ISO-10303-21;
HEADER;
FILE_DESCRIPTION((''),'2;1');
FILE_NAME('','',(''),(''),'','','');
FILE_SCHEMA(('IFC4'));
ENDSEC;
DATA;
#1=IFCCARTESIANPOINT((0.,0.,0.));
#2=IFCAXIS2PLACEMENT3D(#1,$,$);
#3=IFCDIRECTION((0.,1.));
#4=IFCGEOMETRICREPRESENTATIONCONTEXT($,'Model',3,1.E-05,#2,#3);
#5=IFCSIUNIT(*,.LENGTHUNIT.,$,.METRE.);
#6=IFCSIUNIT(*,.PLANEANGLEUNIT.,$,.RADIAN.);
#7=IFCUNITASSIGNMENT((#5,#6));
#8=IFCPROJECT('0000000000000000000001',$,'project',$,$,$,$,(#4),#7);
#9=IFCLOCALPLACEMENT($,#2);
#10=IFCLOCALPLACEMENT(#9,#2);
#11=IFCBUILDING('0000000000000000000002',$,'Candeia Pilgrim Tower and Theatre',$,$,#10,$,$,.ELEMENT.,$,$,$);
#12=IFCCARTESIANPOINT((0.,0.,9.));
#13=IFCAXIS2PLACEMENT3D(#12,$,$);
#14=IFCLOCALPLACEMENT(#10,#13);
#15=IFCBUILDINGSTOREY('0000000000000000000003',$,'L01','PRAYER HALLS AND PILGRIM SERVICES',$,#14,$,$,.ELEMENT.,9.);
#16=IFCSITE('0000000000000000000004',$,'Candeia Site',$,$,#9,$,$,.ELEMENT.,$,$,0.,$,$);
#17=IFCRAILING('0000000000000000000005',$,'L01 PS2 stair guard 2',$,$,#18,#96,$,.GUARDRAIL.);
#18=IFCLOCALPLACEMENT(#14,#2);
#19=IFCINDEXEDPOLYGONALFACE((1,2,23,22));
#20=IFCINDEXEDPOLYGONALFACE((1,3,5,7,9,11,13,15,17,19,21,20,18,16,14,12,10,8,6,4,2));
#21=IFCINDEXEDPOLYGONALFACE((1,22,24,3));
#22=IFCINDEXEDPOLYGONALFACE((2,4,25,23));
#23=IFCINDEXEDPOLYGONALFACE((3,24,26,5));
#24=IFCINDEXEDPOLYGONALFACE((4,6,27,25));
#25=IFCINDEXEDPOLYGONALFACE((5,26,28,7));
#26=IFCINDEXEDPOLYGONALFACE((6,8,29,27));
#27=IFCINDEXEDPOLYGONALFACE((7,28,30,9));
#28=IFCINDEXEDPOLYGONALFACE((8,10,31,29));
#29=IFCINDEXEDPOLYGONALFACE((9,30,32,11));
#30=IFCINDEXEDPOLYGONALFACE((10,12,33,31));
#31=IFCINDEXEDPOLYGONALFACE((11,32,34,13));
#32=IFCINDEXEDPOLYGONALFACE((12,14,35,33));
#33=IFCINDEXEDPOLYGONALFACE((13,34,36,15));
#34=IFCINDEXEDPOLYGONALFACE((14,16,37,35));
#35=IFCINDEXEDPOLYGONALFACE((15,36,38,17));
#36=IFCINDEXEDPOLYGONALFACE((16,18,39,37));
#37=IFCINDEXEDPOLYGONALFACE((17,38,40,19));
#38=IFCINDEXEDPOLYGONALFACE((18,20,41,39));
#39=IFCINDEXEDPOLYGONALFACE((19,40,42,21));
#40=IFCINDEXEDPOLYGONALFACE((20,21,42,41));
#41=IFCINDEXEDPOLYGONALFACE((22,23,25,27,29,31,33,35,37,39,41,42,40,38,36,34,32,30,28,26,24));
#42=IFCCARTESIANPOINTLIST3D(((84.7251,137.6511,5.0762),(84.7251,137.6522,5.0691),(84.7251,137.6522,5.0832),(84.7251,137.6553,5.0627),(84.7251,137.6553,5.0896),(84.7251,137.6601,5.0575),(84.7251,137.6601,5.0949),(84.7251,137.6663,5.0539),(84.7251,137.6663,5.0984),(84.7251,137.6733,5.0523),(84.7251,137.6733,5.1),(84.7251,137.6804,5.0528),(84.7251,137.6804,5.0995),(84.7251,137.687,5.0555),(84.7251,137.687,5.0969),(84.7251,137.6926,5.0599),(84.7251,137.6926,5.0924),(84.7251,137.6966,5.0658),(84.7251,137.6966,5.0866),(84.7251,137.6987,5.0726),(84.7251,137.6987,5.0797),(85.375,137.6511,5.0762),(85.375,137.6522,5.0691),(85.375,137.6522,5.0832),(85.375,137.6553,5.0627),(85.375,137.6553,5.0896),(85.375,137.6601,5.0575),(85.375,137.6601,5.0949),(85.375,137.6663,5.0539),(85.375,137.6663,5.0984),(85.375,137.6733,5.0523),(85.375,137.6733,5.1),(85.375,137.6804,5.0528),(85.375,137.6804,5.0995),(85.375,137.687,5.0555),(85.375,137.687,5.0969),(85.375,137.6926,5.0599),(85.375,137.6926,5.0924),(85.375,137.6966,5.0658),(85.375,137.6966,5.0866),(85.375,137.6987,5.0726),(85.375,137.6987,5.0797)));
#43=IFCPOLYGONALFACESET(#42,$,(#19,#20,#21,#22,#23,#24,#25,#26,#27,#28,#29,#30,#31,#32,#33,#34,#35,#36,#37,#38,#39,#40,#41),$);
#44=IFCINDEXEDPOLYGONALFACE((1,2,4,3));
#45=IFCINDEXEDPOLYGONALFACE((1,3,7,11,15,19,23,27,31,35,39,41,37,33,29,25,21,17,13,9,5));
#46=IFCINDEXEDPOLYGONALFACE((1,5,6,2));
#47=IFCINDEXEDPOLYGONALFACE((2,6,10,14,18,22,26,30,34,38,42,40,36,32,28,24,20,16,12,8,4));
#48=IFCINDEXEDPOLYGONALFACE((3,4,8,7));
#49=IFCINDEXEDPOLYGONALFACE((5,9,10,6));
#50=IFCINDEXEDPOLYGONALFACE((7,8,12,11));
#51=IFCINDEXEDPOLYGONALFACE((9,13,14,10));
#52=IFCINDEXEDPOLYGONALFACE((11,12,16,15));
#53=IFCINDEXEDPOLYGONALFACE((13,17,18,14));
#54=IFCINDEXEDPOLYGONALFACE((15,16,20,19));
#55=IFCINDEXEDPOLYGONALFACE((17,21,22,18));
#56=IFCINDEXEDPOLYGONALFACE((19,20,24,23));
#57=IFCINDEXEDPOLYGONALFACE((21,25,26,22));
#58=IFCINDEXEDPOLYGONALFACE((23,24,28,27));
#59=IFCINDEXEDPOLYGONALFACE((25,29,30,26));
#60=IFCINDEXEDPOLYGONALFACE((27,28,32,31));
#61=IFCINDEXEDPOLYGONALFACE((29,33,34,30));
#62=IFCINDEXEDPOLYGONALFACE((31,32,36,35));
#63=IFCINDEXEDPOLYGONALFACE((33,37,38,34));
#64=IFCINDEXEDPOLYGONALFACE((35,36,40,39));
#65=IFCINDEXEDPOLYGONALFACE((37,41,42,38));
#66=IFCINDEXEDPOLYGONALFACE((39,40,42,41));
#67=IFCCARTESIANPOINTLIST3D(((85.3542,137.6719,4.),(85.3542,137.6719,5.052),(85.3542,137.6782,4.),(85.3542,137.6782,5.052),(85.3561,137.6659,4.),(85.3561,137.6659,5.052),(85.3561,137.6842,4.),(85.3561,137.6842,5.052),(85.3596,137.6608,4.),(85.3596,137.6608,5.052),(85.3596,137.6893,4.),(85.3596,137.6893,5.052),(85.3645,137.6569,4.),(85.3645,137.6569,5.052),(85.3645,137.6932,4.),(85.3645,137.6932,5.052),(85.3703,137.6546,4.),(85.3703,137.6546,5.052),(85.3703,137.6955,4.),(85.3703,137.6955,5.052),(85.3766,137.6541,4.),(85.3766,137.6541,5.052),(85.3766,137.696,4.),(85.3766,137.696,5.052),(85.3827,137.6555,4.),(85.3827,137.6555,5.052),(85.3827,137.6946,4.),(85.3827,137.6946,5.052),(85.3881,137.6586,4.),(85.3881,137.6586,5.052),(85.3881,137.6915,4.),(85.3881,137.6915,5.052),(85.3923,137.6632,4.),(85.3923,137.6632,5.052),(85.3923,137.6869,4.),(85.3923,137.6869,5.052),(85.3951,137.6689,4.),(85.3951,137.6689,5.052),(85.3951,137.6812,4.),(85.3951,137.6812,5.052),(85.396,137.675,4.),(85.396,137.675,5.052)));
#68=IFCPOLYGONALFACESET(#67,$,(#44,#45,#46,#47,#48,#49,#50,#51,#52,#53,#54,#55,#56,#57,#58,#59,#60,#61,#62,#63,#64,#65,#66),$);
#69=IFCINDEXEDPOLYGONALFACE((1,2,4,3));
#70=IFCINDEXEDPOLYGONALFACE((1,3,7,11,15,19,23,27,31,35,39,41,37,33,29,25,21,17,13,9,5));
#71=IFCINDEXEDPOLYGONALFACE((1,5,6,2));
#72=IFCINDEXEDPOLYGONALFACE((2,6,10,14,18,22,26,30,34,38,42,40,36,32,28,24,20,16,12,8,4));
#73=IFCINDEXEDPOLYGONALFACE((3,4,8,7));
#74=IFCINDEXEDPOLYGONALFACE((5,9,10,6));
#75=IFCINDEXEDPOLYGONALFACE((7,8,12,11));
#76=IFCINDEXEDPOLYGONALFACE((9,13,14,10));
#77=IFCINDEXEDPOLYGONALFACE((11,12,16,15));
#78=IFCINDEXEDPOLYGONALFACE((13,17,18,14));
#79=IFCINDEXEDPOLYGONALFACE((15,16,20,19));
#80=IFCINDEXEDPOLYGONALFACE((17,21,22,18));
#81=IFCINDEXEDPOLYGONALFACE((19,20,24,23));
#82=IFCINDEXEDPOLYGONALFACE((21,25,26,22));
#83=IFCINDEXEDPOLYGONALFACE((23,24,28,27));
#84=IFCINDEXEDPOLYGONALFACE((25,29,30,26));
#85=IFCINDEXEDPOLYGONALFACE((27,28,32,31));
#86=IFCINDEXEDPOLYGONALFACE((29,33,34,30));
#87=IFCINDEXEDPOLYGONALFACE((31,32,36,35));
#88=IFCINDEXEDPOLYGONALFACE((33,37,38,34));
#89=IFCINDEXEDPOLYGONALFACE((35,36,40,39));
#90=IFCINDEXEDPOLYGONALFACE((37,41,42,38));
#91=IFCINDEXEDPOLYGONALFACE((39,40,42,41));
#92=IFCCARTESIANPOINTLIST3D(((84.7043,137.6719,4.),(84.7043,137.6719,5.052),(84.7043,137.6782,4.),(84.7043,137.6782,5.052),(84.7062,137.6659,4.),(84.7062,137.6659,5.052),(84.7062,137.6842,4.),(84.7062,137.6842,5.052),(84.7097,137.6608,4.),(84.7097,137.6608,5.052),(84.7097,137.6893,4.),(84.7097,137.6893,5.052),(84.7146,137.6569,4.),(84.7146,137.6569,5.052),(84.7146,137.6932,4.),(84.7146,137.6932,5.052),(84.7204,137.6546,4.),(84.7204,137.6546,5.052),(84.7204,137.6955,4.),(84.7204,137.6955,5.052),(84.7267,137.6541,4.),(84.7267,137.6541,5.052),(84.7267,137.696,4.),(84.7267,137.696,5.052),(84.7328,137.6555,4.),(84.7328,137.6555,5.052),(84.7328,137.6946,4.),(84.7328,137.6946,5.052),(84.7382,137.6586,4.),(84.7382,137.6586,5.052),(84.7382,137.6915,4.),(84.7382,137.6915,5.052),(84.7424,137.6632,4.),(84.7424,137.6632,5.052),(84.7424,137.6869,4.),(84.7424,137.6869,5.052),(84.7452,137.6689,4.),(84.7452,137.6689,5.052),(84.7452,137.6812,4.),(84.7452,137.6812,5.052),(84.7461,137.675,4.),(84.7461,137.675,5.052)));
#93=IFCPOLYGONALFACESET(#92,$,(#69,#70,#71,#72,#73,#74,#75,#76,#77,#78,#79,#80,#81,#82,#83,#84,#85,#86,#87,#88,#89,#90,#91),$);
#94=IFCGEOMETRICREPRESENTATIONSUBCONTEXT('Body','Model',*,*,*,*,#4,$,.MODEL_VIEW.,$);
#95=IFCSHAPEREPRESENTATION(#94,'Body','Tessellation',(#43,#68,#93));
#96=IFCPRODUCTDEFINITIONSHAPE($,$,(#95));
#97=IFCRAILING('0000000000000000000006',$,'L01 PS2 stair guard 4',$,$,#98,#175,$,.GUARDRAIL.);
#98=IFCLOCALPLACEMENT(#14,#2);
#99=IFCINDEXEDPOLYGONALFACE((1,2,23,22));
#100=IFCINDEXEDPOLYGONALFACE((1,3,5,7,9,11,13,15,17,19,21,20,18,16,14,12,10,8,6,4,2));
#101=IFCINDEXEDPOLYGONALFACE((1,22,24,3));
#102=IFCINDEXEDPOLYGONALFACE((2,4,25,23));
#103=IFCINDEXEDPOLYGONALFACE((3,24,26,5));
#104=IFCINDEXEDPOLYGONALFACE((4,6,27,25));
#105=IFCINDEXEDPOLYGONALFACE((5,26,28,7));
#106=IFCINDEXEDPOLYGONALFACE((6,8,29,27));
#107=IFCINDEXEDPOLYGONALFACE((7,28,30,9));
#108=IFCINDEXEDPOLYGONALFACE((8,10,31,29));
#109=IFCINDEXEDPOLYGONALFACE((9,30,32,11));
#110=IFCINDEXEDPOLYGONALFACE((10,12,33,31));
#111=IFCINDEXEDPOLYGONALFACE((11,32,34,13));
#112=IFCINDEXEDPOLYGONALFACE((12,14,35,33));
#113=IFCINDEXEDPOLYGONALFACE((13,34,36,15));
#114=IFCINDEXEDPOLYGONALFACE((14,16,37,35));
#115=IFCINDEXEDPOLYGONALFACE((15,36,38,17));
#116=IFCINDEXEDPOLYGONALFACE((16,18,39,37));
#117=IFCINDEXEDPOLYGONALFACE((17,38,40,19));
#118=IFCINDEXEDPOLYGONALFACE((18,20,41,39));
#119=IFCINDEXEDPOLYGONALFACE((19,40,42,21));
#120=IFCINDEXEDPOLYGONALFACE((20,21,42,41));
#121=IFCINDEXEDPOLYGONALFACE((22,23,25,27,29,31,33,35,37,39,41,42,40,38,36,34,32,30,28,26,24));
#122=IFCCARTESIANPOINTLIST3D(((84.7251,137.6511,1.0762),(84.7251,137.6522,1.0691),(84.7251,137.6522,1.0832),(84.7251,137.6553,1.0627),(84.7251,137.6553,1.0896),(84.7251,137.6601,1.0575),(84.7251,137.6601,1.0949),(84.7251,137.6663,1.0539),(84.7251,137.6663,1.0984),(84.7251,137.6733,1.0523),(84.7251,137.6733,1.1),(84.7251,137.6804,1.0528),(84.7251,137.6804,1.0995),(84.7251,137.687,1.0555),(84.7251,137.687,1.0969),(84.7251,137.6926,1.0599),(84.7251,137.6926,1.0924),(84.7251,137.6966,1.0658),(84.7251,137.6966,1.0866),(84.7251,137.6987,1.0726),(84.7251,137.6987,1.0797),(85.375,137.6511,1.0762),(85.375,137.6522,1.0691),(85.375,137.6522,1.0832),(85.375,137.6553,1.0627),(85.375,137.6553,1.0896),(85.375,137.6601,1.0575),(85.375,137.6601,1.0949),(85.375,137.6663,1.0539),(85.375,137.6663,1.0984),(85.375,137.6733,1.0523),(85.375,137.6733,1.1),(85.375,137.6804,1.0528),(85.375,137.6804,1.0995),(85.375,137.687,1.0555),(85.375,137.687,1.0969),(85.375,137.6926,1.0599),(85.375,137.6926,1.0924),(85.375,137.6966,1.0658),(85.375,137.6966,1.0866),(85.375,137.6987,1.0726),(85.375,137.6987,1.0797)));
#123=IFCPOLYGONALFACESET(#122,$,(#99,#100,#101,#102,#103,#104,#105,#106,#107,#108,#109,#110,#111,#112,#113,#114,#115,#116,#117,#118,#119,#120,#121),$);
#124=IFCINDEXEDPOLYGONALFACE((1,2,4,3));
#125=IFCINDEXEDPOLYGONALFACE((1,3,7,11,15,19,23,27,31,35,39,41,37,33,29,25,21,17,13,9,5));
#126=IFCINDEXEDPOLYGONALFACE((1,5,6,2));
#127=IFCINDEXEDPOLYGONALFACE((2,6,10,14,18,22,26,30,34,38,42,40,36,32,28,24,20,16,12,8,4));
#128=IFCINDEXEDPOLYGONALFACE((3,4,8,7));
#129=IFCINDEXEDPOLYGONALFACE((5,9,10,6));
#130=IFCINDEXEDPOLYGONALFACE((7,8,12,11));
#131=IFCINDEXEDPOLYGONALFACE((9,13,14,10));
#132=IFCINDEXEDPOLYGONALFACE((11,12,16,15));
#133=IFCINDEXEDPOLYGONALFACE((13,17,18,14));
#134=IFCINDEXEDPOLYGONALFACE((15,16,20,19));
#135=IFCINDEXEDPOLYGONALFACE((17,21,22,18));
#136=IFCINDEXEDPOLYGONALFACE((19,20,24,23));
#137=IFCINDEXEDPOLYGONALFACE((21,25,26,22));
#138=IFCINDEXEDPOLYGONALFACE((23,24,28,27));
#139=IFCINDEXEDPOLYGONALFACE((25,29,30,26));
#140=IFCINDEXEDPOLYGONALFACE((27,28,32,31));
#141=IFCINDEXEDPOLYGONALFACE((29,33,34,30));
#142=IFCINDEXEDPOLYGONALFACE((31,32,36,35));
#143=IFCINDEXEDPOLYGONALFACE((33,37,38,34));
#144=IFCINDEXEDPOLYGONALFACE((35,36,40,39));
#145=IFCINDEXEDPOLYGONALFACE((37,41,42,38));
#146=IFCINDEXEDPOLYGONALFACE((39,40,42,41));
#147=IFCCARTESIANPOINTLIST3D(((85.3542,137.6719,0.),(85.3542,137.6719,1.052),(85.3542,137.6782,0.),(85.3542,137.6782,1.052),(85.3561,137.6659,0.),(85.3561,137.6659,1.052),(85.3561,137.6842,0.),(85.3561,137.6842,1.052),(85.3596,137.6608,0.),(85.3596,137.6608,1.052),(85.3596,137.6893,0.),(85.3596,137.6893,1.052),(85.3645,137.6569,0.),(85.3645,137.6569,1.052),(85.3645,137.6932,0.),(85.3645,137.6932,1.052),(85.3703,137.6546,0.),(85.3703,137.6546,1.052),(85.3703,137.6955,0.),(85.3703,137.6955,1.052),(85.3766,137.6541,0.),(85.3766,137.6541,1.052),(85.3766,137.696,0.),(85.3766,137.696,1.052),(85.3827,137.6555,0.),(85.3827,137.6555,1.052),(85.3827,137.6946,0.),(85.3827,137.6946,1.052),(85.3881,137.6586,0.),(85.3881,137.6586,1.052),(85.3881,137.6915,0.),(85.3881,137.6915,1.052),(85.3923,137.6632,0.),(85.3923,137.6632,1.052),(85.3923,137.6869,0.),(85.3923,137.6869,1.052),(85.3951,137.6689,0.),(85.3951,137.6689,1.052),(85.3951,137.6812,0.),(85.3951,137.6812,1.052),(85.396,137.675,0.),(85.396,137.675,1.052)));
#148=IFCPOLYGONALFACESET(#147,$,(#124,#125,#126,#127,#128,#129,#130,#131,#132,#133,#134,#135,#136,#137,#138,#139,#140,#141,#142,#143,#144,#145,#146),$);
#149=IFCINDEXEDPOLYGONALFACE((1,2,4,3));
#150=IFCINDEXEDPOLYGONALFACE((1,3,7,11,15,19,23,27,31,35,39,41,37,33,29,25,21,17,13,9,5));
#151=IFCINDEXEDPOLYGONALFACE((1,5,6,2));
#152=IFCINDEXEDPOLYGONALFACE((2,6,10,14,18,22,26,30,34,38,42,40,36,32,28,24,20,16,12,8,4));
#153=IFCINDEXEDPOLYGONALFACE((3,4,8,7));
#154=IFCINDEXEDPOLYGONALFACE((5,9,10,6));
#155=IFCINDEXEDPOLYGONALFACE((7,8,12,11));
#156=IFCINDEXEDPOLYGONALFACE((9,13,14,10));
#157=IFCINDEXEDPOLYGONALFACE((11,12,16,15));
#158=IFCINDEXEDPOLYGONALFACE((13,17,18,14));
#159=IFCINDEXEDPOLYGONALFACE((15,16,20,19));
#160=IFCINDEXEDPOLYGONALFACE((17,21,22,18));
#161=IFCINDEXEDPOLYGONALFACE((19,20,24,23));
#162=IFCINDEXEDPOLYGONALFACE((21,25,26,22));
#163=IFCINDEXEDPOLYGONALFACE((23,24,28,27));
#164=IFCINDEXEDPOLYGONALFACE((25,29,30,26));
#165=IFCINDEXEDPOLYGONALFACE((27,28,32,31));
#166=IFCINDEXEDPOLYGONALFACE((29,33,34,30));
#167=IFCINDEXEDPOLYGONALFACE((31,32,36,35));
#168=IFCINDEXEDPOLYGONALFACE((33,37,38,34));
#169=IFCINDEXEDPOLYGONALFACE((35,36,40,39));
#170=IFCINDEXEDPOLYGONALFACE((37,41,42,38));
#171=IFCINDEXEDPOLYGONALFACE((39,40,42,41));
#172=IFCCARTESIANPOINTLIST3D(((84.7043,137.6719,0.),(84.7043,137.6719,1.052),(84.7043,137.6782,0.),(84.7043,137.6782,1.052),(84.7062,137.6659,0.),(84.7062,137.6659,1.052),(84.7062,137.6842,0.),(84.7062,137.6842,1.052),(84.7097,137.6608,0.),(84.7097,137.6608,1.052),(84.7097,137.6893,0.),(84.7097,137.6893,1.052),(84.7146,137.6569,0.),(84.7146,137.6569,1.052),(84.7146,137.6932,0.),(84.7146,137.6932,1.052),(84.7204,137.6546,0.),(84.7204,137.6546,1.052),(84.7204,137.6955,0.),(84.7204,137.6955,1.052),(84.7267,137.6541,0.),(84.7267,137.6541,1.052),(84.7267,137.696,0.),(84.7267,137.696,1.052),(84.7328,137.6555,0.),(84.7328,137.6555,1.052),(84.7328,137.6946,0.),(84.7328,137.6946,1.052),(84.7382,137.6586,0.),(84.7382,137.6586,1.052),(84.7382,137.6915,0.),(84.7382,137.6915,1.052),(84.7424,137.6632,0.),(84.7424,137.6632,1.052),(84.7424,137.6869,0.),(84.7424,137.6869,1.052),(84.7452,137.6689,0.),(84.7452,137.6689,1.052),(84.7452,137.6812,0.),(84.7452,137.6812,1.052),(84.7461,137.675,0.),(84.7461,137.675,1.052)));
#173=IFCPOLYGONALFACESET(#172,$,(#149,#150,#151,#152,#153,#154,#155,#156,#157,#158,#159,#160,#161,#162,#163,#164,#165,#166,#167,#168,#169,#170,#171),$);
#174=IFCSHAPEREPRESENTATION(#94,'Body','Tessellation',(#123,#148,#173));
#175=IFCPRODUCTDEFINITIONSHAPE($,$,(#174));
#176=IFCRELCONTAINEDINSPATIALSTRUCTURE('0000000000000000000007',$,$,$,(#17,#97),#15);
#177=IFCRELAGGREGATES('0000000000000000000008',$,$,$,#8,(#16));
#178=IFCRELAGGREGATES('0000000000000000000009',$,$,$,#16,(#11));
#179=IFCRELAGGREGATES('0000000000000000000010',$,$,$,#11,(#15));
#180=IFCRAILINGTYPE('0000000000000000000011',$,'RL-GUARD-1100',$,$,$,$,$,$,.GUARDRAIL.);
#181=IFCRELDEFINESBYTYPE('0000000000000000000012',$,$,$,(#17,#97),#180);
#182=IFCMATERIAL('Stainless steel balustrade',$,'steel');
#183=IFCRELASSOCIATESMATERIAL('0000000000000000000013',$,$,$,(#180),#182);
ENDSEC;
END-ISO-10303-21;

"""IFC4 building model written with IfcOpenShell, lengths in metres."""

from ifc_helpers import new_model, si_unit, direction, frame, origin, origin_2d, place, context, subcontext, project, spatial, circle, extrude, material, type_object, element, save


model = new_model("IFC4")

# Units and contexts
model_context = context("Model", 3, precision=1e-05, world=origin(), true_north=direction((0.0, 1.0)))
body_context = subcontext(model_context, "Body", "Model", "MODEL_VIEW")
ifc_project = project(units=[si_unit("LENGTHUNIT", "METRE"), si_unit("PLANEANGLEUNIT", "RADIAN")], contexts=[model_context])

# Site, building, storey
site_placement = place(None, origin())
site = spatial("IfcSite", under=ifc_project, at=site_placement, Name="Candeia Site", CompositionType="ELEMENT", RefElevation=0.0)
building_placement = place(site_placement, origin())
building = spatial("IfcBuilding", under=site, at=building_placement, Name="Candeia Pilgrim Tower and Theatre", CompositionType="ELEMENT")
storey_placement = place(building_placement, frame((0.0, 0.0, 9.0)))
storey = spatial("IfcBuildingStorey", under=building, at=storey_placement, Name="L01", Description="PRAYER HALLS AND PILGRIM SERVICES", CompositionType="ELEMENT", Elevation=9.0)

# Railings
ifc_material_1 = material(Name="Stainless steel balustrade", Category="steel")
railing_type_1 = type_object("IfcRailingType", Name="RL-GUARD-1100", PredefinedType="GUARDRAIL", material=ifc_material_1)
railing_1_placement = place(storey_placement, frame((85.375, 137.675, 4.0)))
element("IfcRailing", 1, at=railing_1_placement, inside=storey, type_object=railing_type_1, Name="L01 PS2 stair guard 2", PredefinedType="GUARDRAIL", context=body_context, shape_type="SweptSolid", body=[
    extrude(circle(Radius=0.0239, at=origin_2d()), frame((0.0, 0.0, 1.0762), z_axis=(-1.0, 0.0, 0.0), x_axis=(0.0, -1.0, 0.0)), (0.0, 0.0, 1.0), 0.6499),
    extrude(circle(Radius=0.021, at=origin_2d()), origin(), (0.0, 0.0, 1.0), 1.052),
    extrude(circle(Radius=0.021, at=origin_2d()), frame((-0.6499, 0.0, 0.0)), (0.0, 0.0, 1.0), 1.052),
])
railing_2_placement = place(storey_placement, frame((85.375, 137.675, 0.0)))
element("IfcRailing", 2, at=railing_2_placement, inside=storey, type_object=railing_type_1, Name="L01 PS2 stair guard 4", PredefinedType="GUARDRAIL", context=body_context, shape_type="SweptSolid", body=[
    extrude(circle(Radius=0.0239, at=origin_2d()), frame((0.0, 0.0, 1.0762), z_axis=(-1.0, 0.0, 0.0), x_axis=(0.0, -1.0, 0.0)), (0.0, 0.0, 1.0), 0.6499),
    extrude(circle(Radius=0.021, at=origin_2d()), origin(), (0.0, 0.0, 1.0), 1.052),
    extrude(circle(Radius=0.021, at=origin_2d()), frame((-0.6499, 0.0, 0.0)), (0.0, 0.0, 1.0), 1.052),
])

save(model, "model.ifc")
